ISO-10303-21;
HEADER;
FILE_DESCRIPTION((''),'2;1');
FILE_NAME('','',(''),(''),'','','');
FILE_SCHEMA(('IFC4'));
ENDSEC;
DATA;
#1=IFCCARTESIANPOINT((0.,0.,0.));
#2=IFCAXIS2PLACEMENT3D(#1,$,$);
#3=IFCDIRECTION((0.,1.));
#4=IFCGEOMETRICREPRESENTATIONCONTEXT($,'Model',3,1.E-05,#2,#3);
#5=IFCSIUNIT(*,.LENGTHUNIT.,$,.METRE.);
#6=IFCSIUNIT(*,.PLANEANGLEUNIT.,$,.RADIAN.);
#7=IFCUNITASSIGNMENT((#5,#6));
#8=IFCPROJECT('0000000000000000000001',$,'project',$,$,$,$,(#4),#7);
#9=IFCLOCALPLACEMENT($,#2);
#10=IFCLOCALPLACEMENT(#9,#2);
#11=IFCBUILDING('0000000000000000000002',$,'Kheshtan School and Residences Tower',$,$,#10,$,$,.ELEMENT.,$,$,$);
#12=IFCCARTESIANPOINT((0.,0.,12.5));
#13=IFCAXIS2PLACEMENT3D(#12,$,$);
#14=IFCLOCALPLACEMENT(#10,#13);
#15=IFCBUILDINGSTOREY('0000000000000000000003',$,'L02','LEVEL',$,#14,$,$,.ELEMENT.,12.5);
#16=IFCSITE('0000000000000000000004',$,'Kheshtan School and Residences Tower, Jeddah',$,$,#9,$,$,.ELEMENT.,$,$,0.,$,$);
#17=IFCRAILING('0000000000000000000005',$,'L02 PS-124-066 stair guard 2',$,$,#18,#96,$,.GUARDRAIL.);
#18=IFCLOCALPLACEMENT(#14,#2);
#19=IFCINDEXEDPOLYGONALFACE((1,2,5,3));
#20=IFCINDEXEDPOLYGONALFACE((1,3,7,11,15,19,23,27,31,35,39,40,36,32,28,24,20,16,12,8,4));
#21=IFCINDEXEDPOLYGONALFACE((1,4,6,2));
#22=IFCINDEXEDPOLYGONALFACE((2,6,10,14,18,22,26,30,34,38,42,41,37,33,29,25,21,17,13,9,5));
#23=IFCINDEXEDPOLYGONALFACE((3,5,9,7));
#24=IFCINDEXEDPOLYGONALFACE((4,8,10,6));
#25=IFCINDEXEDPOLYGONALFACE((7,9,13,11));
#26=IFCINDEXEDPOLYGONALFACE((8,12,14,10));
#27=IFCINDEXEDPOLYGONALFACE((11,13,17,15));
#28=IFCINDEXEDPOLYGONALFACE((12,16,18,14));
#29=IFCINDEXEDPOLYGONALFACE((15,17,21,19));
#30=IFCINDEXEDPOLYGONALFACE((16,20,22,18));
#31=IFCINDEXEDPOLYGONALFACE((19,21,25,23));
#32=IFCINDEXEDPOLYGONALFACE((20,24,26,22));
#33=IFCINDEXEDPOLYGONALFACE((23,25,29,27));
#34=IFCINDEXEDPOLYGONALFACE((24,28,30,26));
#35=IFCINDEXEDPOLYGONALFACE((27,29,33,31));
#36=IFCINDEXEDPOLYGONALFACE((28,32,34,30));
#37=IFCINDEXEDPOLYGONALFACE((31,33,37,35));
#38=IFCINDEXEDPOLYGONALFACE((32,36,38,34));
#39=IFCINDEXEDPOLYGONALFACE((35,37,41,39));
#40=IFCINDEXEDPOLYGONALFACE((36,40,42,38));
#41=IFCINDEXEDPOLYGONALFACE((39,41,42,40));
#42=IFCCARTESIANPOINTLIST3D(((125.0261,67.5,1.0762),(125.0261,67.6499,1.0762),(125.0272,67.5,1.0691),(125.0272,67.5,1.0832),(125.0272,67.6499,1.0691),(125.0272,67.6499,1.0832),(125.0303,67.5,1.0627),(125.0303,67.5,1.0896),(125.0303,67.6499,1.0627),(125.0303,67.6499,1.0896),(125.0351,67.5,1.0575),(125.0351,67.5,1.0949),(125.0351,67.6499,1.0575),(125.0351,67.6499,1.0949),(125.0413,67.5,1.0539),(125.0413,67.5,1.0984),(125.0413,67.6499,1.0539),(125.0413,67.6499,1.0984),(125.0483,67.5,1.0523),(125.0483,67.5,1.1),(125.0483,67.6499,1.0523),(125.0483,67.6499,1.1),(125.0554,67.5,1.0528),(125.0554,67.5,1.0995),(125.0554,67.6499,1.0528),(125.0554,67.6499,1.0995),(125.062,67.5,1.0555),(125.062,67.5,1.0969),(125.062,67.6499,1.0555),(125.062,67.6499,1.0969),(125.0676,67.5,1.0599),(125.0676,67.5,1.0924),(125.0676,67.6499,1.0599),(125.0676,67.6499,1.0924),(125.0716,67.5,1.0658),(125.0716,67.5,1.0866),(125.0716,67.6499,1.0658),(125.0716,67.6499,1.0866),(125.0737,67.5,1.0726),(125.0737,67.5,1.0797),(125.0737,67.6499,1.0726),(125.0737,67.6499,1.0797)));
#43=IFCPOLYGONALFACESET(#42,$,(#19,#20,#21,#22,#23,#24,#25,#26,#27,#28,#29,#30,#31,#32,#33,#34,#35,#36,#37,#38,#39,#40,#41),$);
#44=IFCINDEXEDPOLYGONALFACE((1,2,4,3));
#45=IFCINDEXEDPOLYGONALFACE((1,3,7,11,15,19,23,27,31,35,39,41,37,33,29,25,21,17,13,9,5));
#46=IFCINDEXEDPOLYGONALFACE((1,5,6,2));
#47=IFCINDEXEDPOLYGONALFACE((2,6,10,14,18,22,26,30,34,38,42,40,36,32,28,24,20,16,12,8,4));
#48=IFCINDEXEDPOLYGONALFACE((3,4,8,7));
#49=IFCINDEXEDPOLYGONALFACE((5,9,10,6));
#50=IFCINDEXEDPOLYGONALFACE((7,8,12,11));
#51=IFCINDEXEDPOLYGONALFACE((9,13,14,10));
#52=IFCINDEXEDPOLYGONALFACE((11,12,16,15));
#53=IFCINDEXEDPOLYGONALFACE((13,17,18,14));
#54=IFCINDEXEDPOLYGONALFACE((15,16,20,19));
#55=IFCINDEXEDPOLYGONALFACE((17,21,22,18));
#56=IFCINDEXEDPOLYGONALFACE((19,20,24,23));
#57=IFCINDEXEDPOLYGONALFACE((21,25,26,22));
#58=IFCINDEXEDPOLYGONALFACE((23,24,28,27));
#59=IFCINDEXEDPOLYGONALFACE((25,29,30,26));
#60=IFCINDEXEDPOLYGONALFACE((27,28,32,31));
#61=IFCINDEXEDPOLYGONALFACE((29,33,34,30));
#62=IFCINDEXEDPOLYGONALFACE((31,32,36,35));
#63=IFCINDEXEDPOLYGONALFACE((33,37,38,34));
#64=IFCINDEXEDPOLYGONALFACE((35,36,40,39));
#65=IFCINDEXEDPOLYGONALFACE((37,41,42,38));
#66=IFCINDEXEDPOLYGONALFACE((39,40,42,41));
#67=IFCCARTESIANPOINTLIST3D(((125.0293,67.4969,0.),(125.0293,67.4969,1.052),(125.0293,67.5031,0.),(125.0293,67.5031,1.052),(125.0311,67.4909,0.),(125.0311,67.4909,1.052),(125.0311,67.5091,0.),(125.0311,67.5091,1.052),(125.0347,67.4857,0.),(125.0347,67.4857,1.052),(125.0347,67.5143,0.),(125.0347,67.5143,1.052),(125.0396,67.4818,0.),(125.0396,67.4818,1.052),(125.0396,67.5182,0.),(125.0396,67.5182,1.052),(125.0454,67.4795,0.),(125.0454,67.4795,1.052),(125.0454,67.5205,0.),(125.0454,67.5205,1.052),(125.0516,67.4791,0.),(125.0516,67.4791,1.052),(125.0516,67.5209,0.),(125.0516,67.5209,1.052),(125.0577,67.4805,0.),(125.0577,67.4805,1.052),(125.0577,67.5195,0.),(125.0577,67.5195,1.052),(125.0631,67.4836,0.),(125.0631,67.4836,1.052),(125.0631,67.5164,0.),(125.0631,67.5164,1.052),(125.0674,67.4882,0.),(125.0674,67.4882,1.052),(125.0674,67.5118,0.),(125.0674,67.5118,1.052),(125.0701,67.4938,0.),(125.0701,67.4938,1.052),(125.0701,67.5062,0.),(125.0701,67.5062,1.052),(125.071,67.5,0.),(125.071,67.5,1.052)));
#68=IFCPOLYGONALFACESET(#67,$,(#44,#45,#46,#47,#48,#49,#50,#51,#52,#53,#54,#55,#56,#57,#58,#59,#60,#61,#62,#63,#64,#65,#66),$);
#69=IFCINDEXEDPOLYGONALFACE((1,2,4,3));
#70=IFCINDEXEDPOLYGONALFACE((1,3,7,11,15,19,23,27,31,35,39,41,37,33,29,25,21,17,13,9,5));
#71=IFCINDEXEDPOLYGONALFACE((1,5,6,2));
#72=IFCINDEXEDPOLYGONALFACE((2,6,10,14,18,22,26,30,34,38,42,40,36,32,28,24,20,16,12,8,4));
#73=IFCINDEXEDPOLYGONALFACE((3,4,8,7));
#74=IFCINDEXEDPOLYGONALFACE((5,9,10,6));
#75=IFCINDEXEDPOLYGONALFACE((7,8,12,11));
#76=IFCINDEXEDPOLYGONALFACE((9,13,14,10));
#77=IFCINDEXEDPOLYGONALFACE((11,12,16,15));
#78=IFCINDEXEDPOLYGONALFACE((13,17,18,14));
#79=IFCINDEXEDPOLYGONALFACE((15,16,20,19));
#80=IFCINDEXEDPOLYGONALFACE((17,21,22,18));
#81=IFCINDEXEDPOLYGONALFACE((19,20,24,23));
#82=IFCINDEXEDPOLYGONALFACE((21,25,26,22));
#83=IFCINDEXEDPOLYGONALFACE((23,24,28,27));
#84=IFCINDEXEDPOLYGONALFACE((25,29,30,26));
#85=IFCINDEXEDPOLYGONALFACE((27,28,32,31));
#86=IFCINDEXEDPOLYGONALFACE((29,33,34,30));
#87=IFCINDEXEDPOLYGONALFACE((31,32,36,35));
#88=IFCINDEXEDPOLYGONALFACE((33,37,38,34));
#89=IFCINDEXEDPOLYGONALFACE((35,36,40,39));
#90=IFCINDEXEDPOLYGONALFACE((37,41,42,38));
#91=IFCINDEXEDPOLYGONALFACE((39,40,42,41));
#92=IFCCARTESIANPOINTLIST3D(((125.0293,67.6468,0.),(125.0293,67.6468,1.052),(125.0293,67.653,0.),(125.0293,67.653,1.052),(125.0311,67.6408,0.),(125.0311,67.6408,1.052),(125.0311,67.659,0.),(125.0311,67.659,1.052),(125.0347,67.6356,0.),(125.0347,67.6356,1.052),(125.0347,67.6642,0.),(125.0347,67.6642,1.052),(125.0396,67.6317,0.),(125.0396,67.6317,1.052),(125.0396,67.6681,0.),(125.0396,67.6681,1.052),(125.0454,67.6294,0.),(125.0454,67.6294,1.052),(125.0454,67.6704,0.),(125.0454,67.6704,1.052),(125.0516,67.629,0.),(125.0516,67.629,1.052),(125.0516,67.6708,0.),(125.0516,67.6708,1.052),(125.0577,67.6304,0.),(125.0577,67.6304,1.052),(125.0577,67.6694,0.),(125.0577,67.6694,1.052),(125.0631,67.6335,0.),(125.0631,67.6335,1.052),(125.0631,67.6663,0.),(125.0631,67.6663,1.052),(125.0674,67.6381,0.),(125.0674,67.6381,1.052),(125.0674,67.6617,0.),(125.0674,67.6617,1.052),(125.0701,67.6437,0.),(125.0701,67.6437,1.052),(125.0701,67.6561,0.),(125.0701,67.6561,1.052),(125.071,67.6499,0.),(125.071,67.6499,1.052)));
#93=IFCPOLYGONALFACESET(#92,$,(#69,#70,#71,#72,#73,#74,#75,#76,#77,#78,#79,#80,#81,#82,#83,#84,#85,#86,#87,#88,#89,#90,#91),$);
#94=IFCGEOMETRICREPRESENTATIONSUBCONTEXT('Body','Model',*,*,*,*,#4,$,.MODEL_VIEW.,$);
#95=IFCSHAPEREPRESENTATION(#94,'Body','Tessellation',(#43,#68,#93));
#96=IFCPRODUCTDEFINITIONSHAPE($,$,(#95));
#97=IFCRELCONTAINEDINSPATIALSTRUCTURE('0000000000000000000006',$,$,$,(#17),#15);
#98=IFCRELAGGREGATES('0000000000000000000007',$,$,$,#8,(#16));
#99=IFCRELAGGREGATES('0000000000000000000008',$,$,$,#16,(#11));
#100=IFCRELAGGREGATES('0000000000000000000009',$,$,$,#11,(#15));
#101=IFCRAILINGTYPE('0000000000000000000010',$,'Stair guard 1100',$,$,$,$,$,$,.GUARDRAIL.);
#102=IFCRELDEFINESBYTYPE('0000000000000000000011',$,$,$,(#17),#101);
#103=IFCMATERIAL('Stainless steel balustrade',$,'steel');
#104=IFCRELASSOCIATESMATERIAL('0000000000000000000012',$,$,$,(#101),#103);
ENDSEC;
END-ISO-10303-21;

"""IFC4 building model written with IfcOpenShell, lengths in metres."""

from ifc_helpers import new_model, si_unit, direction, frame, origin, origin_2d, place, context, subcontext, project, spatial, circle, extrude, material, type_object, element, save


model = new_model("IFC4")

# Units and contexts
model_context = context("Model", 3, precision=1e-05, world=origin(), true_north=direction((0.0, 1.0)))
body_context = subcontext(model_context, "Body", "Model", "MODEL_VIEW")
ifc_project = project(units=[si_unit("LENGTHUNIT", "METRE"), si_unit("PLANEANGLEUNIT", "RADIAN")], contexts=[model_context])

# Site, building, storey
site_placement = place(None, origin())
site = spatial("IfcSite", under=ifc_project, at=site_placement, Name="Kheshtan School and Residences Tower, Jeddah", CompositionType="ELEMENT", RefElevation=0.0)
building_placement = place(site_placement, origin())
building = spatial("IfcBuilding", under=site, at=building_placement, Name="Kheshtan School and Residences Tower", CompositionType="ELEMENT")
storey_placement = place(building_placement, frame((0.0, 0.0, 12.5)))
storey = spatial("IfcBuildingStorey", under=building, at=storey_placement, Name="L02", Description="LEVEL", CompositionType="ELEMENT", Elevation=12.5)

# Railing
ifc_material_1 = material(Name="Stainless steel balustrade", Category="steel")
railing_type_1 = type_object("IfcRailingType", Name="Stair guard 1100", PredefinedType="GUARDRAIL", material=ifc_material_1)
railing_1_placement = place(storey_placement, frame((125.05, 67.5, 0.0)))
element("IfcRailing", 1, at=railing_1_placement, inside=storey, type_object=railing_type_1, Name="L02 PS-124-066 stair guard 2", PredefinedType="GUARDRAIL", context=body_context, shape_type="SweptSolid", body=[
    extrude(circle(Radius=0.0239, at=origin_2d()), frame((0.0, 0.0, 1.0762), z_axis=(0.0, 1.0, 0.0), x_axis=(-1.0, 0.0, 0.0)), (0.0, 0.0, 1.0), 0.1499),
    extrude(circle(Radius=0.021, at=origin_2d()), origin(), (0.0, 0.0, 1.0), 1.052),
    extrude(circle(Radius=0.021, at=origin_2d()), frame((0.0, 0.1499, 0.0)), (0.0, 0.0, 1.0), 1.052),
])

save(model, "model.ifc")
